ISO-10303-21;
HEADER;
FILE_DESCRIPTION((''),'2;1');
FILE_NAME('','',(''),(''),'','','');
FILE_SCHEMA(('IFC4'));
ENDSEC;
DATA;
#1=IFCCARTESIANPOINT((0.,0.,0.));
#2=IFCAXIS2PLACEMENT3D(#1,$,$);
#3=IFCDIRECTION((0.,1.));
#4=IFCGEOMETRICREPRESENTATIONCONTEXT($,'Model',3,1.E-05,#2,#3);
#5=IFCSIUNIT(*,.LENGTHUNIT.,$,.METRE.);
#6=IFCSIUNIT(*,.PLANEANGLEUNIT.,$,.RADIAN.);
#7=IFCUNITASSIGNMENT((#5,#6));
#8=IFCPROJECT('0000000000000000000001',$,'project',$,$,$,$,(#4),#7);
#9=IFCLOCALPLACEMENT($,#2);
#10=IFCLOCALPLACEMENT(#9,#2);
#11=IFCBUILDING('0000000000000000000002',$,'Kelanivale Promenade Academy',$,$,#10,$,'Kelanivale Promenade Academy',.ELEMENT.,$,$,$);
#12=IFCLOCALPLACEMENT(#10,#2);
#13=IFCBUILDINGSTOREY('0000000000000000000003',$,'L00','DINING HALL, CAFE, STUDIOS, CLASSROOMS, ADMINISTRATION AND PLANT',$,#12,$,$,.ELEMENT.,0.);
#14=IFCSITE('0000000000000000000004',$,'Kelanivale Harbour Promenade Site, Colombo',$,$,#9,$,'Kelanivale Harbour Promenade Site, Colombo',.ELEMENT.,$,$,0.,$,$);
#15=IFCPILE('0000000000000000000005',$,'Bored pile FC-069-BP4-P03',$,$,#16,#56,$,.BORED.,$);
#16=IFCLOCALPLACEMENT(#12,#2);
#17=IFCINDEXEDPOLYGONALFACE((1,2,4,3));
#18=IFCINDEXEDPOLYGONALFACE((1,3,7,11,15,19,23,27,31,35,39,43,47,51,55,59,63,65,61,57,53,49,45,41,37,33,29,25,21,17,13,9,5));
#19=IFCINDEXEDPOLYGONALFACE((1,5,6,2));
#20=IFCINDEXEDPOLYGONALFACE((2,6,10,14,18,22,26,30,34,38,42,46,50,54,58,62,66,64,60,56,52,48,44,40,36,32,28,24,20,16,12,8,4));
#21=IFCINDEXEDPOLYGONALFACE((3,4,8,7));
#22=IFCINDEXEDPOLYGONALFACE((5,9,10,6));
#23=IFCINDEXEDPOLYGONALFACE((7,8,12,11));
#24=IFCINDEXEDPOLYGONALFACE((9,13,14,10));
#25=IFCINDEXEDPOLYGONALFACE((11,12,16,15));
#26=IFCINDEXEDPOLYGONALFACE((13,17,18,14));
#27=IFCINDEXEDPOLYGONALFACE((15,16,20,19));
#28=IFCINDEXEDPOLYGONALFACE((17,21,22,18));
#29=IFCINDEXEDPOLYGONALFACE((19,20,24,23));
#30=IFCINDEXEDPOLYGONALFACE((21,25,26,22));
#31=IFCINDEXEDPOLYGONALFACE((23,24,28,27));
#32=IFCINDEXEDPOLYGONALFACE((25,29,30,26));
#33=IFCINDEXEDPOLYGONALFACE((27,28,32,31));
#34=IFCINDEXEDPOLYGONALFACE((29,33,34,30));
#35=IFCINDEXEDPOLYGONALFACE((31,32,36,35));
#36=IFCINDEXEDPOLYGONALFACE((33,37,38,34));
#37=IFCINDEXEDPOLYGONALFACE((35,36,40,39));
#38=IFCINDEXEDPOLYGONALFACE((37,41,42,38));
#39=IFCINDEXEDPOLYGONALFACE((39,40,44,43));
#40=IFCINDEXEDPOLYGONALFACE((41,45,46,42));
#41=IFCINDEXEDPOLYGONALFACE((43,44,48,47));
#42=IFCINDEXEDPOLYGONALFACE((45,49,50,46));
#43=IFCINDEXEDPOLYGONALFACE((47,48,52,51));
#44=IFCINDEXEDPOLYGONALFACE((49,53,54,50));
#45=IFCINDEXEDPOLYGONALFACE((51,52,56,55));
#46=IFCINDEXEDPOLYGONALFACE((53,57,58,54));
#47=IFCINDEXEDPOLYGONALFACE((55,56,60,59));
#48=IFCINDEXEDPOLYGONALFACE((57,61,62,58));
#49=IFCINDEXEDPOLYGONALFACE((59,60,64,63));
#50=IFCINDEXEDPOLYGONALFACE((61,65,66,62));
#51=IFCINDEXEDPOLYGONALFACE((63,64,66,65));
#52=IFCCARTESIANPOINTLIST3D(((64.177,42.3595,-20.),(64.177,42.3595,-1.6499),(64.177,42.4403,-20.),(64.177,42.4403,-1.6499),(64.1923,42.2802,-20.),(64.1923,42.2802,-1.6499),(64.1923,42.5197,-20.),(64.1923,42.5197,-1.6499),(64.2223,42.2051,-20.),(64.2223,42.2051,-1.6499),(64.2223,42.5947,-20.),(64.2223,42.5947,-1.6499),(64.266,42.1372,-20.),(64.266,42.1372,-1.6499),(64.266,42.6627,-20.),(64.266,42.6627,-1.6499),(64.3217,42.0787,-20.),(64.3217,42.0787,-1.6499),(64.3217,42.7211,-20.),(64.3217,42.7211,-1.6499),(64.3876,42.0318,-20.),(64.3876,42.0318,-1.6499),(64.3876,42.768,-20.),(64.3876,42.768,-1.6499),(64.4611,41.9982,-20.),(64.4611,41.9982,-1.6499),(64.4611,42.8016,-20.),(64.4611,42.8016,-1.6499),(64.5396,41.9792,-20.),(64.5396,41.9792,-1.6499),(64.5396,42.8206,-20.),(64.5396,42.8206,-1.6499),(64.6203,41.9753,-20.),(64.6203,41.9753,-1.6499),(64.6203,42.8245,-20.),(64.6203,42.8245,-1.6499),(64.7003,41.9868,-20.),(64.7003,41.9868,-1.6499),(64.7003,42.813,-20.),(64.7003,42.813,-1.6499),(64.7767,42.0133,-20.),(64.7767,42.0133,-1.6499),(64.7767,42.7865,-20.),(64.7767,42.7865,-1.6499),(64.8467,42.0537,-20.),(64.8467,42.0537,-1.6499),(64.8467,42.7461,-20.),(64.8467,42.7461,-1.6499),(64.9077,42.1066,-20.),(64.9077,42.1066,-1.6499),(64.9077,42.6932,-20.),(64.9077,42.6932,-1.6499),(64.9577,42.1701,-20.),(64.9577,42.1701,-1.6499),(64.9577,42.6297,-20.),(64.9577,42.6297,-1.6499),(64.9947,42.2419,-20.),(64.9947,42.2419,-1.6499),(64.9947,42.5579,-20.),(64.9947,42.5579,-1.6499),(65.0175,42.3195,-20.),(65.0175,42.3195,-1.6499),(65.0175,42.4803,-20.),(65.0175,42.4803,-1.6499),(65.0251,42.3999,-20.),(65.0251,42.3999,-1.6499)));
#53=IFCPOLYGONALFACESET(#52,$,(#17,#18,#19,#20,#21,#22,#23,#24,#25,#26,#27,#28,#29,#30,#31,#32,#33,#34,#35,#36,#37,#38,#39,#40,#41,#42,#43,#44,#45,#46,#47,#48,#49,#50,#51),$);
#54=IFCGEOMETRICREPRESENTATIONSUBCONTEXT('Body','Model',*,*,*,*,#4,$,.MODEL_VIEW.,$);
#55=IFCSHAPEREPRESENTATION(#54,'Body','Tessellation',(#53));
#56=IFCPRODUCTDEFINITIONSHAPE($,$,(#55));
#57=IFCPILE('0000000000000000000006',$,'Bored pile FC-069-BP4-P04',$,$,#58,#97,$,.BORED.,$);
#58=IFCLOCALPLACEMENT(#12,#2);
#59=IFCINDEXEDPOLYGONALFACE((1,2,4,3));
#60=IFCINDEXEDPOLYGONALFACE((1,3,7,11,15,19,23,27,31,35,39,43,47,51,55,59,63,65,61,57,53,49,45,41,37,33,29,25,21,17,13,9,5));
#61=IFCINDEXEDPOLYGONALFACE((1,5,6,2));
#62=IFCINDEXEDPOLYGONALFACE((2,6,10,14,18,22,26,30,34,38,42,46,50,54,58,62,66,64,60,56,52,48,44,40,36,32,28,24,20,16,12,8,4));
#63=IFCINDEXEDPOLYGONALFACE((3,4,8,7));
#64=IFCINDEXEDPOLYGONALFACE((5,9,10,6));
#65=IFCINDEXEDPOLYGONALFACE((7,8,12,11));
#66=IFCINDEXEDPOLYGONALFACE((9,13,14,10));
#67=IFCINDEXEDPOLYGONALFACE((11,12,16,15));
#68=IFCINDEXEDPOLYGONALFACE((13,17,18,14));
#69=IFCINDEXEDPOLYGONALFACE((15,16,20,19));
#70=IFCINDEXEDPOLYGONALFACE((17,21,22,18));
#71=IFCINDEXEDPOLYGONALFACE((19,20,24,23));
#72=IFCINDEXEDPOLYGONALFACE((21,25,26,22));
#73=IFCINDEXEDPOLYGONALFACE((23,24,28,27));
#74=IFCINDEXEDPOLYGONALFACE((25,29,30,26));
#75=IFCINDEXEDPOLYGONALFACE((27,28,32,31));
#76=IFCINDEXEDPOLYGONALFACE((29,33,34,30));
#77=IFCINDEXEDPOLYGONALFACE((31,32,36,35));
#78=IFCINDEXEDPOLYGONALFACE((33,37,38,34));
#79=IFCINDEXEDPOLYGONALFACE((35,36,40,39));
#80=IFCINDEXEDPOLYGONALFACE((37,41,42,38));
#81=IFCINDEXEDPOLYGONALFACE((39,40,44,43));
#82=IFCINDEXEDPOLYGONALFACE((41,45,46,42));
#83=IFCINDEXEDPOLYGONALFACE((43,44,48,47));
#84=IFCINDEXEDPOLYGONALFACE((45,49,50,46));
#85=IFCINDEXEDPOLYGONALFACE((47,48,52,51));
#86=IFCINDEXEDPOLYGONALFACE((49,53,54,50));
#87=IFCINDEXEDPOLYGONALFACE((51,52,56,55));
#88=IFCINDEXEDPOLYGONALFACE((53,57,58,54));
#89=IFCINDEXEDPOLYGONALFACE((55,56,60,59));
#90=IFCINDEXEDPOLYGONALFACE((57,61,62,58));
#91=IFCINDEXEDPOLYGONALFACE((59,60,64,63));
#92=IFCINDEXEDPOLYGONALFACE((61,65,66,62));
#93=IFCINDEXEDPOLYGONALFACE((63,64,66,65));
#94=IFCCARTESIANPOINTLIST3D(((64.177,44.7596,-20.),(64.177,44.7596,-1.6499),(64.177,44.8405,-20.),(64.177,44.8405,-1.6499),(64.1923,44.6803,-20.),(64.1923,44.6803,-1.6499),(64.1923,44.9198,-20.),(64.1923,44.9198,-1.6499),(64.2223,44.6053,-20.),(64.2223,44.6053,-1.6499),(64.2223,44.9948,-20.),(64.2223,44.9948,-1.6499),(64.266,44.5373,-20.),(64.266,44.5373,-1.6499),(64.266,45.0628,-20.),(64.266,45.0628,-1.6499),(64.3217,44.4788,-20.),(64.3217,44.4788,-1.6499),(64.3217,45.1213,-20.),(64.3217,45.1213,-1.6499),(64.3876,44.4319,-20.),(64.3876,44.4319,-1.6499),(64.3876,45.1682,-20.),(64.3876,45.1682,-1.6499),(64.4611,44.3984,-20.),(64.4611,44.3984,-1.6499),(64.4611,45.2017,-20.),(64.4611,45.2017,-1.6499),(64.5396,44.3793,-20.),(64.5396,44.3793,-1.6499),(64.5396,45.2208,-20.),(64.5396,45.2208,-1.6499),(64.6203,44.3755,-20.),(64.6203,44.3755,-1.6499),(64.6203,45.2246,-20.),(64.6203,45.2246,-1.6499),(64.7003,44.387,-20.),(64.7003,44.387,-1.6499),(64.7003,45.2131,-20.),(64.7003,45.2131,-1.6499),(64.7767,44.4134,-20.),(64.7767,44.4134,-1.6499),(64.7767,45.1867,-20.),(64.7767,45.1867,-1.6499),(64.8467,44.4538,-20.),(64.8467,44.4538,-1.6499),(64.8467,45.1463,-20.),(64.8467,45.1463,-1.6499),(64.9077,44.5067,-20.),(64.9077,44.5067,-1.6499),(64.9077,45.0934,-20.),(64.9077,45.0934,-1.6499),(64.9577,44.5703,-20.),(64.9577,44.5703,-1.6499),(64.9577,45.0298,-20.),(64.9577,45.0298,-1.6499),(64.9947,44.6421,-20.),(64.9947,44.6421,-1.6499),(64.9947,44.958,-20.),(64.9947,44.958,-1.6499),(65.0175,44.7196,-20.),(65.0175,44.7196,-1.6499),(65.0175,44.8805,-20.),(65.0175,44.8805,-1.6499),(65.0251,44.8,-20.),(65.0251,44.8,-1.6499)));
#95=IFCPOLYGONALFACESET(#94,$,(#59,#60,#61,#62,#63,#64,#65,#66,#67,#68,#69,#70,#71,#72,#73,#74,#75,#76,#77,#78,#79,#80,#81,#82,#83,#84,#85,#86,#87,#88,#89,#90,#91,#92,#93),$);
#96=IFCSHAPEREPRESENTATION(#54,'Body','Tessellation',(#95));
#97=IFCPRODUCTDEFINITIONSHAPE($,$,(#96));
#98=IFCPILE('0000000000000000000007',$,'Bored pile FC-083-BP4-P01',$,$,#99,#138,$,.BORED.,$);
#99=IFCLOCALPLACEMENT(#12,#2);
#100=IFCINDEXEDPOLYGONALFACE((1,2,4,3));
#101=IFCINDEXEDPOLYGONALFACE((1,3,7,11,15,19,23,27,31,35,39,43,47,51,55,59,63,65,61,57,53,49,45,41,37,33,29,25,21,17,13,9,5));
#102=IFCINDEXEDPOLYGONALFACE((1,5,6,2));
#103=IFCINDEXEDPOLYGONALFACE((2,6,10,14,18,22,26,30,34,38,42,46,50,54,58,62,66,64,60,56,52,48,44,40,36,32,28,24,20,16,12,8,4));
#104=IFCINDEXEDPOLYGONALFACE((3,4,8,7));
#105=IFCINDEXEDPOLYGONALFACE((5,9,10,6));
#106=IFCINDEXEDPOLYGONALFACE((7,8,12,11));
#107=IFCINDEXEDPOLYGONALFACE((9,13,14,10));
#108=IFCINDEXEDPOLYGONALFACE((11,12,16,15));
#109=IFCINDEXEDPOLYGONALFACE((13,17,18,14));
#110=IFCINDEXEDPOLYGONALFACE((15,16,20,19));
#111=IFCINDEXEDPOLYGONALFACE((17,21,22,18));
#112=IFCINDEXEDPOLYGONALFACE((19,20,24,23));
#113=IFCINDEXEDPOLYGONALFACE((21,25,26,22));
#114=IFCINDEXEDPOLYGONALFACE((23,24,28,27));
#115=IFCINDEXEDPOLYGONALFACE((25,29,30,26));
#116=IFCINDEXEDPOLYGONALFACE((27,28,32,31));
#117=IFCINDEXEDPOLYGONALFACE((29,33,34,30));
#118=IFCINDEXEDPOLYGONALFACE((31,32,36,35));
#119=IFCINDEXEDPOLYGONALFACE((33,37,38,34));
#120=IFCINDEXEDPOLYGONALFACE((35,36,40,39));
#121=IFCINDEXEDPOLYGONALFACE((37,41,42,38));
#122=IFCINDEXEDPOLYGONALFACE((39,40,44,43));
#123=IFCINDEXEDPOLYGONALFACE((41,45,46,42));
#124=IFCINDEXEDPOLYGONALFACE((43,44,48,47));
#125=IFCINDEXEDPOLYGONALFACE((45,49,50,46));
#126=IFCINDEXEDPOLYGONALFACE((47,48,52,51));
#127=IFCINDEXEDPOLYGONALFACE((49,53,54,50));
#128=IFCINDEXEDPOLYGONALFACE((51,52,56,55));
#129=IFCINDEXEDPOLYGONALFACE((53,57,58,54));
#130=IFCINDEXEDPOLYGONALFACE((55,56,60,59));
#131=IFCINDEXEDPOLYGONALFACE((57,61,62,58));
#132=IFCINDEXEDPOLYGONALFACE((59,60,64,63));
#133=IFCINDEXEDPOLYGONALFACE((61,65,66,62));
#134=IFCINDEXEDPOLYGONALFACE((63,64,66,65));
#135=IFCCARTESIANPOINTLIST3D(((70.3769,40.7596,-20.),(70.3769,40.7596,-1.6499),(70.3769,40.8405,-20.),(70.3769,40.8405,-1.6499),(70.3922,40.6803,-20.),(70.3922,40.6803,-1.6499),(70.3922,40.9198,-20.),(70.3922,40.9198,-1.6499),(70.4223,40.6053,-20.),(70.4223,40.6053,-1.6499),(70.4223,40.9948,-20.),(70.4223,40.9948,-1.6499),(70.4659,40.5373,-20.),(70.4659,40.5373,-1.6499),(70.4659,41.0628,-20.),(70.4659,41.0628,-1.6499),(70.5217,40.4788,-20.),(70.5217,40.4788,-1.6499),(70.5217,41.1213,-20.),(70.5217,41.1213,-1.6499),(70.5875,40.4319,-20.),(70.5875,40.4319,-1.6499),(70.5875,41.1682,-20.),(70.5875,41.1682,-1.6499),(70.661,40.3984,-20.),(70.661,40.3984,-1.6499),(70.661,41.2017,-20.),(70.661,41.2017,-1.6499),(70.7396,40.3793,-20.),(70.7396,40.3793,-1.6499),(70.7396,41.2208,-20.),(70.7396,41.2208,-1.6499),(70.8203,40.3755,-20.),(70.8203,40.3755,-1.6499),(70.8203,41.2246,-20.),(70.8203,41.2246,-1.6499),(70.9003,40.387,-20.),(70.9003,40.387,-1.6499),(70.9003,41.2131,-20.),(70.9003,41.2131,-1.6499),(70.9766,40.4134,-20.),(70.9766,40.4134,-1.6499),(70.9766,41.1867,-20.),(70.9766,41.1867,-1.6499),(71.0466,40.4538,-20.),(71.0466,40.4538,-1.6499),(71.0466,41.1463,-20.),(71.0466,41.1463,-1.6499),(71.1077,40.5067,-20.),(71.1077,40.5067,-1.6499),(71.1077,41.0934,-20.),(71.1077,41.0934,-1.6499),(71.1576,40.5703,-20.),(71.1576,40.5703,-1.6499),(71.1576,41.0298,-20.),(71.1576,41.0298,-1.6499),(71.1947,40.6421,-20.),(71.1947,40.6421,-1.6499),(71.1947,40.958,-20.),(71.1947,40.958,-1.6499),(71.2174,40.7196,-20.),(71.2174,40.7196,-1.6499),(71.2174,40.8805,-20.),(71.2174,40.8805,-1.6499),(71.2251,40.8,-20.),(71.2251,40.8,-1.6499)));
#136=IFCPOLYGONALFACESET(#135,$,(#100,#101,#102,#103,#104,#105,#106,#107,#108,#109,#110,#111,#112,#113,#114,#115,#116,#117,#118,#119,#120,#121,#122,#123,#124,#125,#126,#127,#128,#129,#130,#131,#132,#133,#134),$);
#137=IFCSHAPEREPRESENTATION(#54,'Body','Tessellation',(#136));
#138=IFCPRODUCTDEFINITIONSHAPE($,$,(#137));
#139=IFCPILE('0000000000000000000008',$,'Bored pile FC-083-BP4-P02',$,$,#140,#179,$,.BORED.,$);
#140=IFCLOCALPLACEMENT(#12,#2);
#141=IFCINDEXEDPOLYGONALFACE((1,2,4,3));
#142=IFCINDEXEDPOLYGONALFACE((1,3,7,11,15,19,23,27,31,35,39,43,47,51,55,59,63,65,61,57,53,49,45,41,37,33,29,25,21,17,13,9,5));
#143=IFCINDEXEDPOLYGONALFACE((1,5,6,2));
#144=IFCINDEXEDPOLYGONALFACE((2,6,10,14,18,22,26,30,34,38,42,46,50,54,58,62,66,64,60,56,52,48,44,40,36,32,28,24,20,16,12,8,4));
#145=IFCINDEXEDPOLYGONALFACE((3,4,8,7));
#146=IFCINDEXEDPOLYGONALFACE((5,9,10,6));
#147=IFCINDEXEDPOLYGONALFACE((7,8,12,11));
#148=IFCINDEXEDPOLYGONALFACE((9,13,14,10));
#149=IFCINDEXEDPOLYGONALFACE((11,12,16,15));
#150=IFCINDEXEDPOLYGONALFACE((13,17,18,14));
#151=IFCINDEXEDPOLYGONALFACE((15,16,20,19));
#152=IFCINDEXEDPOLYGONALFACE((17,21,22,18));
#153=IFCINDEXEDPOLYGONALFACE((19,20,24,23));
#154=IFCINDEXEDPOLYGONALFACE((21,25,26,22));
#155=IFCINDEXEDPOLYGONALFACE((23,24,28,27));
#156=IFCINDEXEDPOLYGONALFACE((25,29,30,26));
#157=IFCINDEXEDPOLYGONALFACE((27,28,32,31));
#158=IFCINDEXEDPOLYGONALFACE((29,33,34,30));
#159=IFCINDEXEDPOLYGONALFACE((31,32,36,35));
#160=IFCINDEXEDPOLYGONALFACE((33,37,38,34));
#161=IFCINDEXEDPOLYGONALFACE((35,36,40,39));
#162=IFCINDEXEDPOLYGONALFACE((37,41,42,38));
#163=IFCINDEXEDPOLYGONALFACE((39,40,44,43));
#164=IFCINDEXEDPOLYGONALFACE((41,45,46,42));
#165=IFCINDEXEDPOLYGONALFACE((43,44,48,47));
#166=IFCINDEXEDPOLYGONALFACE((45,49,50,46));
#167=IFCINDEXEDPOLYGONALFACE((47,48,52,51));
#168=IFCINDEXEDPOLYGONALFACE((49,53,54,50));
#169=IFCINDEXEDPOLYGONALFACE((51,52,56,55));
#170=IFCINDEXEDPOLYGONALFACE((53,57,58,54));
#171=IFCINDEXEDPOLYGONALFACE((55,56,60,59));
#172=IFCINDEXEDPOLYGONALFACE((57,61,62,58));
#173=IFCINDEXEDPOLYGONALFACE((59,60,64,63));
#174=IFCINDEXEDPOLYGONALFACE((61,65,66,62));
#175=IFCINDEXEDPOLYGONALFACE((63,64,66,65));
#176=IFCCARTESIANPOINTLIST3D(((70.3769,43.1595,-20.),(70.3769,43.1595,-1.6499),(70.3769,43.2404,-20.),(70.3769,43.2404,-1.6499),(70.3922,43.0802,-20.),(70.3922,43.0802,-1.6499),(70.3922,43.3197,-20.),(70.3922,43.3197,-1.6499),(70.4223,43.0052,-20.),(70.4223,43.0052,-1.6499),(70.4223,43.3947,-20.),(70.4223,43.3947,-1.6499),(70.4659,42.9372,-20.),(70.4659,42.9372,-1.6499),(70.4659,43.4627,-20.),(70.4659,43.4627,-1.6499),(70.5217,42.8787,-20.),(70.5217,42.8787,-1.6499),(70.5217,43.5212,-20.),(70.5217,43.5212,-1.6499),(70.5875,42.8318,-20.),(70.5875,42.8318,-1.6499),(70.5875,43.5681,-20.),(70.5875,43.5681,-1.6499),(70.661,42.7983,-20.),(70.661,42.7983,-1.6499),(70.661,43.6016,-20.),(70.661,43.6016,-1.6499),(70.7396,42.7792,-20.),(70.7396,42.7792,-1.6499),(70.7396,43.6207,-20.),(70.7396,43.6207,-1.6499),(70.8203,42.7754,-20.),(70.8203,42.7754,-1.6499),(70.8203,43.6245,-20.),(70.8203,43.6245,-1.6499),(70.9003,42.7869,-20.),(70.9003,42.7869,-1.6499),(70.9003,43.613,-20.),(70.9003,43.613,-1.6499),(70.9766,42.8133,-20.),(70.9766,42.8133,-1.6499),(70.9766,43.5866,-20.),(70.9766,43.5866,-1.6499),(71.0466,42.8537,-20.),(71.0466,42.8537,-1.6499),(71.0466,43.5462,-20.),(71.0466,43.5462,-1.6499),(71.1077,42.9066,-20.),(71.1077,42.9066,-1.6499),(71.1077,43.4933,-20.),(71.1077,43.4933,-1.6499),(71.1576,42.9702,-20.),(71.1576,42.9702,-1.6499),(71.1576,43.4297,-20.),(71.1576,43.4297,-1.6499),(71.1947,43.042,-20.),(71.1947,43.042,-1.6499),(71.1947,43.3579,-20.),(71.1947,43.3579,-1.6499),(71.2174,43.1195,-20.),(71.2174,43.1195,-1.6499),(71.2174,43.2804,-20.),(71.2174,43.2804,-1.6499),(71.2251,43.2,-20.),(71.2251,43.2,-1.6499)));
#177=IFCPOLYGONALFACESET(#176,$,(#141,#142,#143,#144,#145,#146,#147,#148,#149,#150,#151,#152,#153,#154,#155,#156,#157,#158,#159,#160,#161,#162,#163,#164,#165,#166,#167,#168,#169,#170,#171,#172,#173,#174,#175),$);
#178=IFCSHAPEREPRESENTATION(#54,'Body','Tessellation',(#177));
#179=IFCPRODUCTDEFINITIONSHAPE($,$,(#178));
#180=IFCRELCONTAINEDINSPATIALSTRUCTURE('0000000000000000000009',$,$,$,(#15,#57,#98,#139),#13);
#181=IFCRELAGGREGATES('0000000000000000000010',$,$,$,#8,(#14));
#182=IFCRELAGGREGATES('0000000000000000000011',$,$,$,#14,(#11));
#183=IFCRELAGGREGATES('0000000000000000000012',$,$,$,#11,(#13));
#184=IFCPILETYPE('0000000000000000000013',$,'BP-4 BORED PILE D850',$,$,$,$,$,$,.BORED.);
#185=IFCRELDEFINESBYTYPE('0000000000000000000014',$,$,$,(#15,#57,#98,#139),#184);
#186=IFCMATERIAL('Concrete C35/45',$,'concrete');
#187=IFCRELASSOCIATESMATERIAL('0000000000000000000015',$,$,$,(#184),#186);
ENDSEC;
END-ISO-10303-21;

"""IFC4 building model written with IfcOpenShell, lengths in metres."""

from ifc_helpers import new_model, si_unit, direction, frame, origin, origin_2d, place, context, subcontext, project, spatial, circle, extrude, material, material_profile, profile_set, type_object, element, save


model = new_model("IFC4")

# Units and contexts
model_context = context("Model", 3, precision=1e-05, world=origin(), true_north=direction((0.0, 1.0)))
body_context = subcontext(model_context, "Body", "Model", "MODEL_VIEW")
ifc_project = project(units=[si_unit("LENGTHUNIT", "METRE"), si_unit("PLANEANGLEUNIT", "RADIAN")], contexts=[model_context])

# Site, building, storey
site_placement = place(None, origin())
site = spatial("IfcSite", under=ifc_project, at=site_placement, Name="Kelanivale Harbour Promenade Site, Colombo", LongName="Kelanivale Harbour Promenade Site, Colombo", CompositionType="ELEMENT", RefElevation=0.0)
building_placement = place(site_placement, origin())
building = spatial("IfcBuilding", under=site, at=building_placement, Name="Kelanivale Promenade Academy", LongName="Kelanivale Promenade Academy", CompositionType="ELEMENT")
storey_placement = place(building_placement, origin())
storey = spatial("IfcBuildingStorey", under=building, at=storey_placement, Name="L00", Description="DINING HALL, CAFE, STUDIOS, CLASSROOMS, ADMINISTRATION AND PLANT", CompositionType="ELEMENT", Elevation=0.0)

# Piles
ifc_material_1 = material(Name="Concrete C35/45", Category="concrete")
ifc_material_profile_1 = material_profile(ifc_material_1, circle(Radius=0.425, at=origin_2d()), Name="BORED PILE D850")
ifc_profile_set_1 = profile_set([ifc_material_profile_1], Name="Concrete C35/45")
pile_type = type_object("IfcPileType", Name="BP-4 BORED PILE D850", PredefinedType="BORED", material=ifc_profile_set_1)
for number, where, z_axis, x_axis, name in (
    (1, (64.6001, 42.3999, -1.6499), (0.0, 0.0, -1.0), (1.0, 0.0, 0.0), "Bored pile FC-069-BP4-P03"),
    (2, (64.6001, 44.8, -1.6499), (0.0, 0.0, -1.0), (1.0, 0.0, 0.0), "Bored pile FC-069-BP4-P04"),
    (3, (70.8, 40.8, -1.6499), (0.0, 0.0, -1.0), (1.0, 0.0, 0.0), "Bored pile FC-083-BP4-P01"),
    (4, (70.8, 43.2, -1.6499), (0.0, 0.0, -1.0), (1.0, 0.0, 0.0), "Bored pile FC-083-BP4-P02"),
):
    element("IfcPile", number, at=place(storey_placement, frame(where, z_axis=z_axis, x_axis=x_axis)), inside=storey, type_object=pile_type, Name=name, PredefinedType="BORED", context=body_context, shape_type="SweptSolid", body=[
        extrude(circle(Radius=0.425, at=origin_2d()), origin(), (0.0, 0.0, 1.0), 18.3501),
    ])

save(model, "model.ifc")
